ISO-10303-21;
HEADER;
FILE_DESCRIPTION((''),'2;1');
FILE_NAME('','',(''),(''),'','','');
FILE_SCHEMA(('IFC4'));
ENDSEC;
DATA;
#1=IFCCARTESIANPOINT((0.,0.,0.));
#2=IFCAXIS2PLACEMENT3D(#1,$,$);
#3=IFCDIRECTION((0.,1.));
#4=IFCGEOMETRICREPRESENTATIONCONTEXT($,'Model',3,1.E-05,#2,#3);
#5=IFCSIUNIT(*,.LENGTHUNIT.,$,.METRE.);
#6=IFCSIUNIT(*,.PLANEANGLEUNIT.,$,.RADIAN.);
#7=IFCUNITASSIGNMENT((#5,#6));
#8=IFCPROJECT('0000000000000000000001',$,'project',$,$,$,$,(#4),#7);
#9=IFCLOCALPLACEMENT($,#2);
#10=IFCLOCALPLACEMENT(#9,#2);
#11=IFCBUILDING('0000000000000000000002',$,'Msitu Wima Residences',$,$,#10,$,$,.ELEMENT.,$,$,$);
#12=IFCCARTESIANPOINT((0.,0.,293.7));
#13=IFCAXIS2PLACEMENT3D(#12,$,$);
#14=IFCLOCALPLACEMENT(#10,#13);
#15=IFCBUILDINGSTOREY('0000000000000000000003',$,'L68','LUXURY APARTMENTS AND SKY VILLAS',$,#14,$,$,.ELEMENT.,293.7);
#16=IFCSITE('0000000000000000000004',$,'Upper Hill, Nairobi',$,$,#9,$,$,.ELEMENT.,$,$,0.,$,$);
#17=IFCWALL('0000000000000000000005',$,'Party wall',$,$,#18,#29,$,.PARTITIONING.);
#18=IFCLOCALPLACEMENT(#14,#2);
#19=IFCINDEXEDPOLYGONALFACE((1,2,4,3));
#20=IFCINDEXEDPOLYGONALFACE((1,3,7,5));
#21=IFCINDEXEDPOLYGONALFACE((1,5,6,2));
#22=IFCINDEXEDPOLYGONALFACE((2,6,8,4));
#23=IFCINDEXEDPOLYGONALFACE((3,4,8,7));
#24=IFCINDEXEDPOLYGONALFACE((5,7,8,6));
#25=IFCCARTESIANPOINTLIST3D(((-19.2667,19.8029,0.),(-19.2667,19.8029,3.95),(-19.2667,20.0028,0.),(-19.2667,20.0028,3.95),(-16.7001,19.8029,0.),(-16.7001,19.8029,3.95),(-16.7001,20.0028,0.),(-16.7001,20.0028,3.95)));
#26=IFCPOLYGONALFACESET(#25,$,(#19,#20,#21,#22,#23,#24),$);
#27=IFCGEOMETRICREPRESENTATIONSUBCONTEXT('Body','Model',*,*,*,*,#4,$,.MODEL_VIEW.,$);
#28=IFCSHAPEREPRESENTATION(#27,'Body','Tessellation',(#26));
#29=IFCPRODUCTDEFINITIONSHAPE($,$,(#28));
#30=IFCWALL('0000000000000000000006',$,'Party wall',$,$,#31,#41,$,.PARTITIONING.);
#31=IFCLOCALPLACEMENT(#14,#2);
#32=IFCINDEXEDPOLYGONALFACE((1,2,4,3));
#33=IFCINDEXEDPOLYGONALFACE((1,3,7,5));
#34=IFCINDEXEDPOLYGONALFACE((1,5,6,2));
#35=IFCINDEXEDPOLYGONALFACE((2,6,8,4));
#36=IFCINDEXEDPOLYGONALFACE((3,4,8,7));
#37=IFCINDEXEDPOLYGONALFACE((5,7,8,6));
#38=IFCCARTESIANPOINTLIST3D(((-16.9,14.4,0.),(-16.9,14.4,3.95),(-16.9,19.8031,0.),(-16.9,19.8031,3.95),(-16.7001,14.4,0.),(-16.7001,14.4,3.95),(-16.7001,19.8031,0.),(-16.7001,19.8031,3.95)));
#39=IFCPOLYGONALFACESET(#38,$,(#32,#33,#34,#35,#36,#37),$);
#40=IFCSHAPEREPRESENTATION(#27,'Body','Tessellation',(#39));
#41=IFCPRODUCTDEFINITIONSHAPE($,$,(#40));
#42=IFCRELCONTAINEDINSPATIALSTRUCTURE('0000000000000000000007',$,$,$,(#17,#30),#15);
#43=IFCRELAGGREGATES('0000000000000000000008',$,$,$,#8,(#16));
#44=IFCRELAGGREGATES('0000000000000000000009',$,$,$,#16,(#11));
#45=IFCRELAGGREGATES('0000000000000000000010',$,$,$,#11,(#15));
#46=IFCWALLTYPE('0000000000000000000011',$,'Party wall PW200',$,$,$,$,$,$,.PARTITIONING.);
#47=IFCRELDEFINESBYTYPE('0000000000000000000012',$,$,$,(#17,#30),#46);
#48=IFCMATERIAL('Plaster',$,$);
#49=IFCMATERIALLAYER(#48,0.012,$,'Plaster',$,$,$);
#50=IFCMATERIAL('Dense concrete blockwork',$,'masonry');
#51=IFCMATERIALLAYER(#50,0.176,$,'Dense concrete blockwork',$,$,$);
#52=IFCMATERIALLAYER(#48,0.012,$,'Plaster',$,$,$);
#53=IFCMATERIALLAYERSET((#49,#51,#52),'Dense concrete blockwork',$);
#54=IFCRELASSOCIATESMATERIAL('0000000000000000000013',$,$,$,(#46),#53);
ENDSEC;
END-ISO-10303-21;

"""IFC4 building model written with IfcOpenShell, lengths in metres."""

from ifc_helpers import new_model, si_unit, direction, frame, frame_2d, origin, place, context, subcontext, project, spatial, rectangle, extrude, material, layer, layer_set, type_object, element, save


model = new_model("IFC4")

# Units and contexts
model_context = context("Model", 3, precision=1e-05, world=origin(), true_north=direction((0.0, 1.0)))
body_context = subcontext(model_context, "Body", "Model", "MODEL_VIEW")
ifc_project = project(units=[si_unit("LENGTHUNIT", "METRE"), si_unit("PLANEANGLEUNIT", "RADIAN")], contexts=[model_context])

# Site, building, storey
site_placement = place(None, origin())
site = spatial("IfcSite", under=ifc_project, at=site_placement, Name="Upper Hill, Nairobi", CompositionType="ELEMENT", RefElevation=0.0)
building_placement = place(site_placement, origin())
building = spatial("IfcBuilding", under=site, at=building_placement, Name="Msitu Wima Residences", CompositionType="ELEMENT")
storey_placement = place(building_placement, frame((0.0, 0.0, 293.7)))
storey = spatial("IfcBuildingStorey", under=building, at=storey_placement, Name="L68", Description="LUXURY APARTMENTS AND SKY VILLAS", CompositionType="ELEMENT", Elevation=293.7)

# Shared definitions
ifc_material_1 = material(Name="Plaster")

# Walls
ifc_layer_1 = layer(ifc_material_1, 0.012, Name="Plaster")
ifc_material_2 = material(Name="Dense concrete blockwork", Category="masonry")
ifc_layer_2 = layer(ifc_material_2, 0.176, Name="Dense concrete blockwork")
ifc_layer_3 = layer(ifc_material_1, 0.012, Name="Plaster")
ifc_layer_set_1 = layer_set([ifc_layer_1, ifc_layer_2, ifc_layer_3], Name="Dense concrete blockwork")
wall_type_1 = type_object("IfcWallType", Name="Party wall PW200", PredefinedType="PARTITIONING", material=ifc_layer_set_1)
wall_1_placement = place(storey_placement, frame((-19.2666, 19.9028, 0.0), z_axis=(0.0, 0.0, 1.0), x_axis=(1.0, 0.0, 0.0)))
element("IfcWall", 1, at=wall_1_placement, inside=storey, type_object=wall_type_1, Name="Party wall", PredefinedType="PARTITIONING", context=body_context, shape_type="SweptSolid", body=[
    extrude(rectangle(XDim=2.5667, YDim=0.2, at=frame_2d((1.2832, 0.0))), origin(), (0.0, 0.0, 1.0), 3.95),
])
wall_2_placement = place(storey_placement, frame((-16.8, 14.3999, 0.0), z_axis=(0.0, 0.0, 1.0), x_axis=(0.0, 1.0, 0.0)))
element("IfcWall", 2, at=wall_2_placement, inside=storey, type_object=wall_type_1, Name="Party wall", PredefinedType="PARTITIONING", context=body_context, shape_type="SweptSolid", body=[
    extrude(rectangle(XDim=5.4031, YDim=0.2, at=frame_2d((2.7017, 0.0))), origin(), (0.0, 0.0, 1.0), 3.95),
])

save(model, "model.ifc")
